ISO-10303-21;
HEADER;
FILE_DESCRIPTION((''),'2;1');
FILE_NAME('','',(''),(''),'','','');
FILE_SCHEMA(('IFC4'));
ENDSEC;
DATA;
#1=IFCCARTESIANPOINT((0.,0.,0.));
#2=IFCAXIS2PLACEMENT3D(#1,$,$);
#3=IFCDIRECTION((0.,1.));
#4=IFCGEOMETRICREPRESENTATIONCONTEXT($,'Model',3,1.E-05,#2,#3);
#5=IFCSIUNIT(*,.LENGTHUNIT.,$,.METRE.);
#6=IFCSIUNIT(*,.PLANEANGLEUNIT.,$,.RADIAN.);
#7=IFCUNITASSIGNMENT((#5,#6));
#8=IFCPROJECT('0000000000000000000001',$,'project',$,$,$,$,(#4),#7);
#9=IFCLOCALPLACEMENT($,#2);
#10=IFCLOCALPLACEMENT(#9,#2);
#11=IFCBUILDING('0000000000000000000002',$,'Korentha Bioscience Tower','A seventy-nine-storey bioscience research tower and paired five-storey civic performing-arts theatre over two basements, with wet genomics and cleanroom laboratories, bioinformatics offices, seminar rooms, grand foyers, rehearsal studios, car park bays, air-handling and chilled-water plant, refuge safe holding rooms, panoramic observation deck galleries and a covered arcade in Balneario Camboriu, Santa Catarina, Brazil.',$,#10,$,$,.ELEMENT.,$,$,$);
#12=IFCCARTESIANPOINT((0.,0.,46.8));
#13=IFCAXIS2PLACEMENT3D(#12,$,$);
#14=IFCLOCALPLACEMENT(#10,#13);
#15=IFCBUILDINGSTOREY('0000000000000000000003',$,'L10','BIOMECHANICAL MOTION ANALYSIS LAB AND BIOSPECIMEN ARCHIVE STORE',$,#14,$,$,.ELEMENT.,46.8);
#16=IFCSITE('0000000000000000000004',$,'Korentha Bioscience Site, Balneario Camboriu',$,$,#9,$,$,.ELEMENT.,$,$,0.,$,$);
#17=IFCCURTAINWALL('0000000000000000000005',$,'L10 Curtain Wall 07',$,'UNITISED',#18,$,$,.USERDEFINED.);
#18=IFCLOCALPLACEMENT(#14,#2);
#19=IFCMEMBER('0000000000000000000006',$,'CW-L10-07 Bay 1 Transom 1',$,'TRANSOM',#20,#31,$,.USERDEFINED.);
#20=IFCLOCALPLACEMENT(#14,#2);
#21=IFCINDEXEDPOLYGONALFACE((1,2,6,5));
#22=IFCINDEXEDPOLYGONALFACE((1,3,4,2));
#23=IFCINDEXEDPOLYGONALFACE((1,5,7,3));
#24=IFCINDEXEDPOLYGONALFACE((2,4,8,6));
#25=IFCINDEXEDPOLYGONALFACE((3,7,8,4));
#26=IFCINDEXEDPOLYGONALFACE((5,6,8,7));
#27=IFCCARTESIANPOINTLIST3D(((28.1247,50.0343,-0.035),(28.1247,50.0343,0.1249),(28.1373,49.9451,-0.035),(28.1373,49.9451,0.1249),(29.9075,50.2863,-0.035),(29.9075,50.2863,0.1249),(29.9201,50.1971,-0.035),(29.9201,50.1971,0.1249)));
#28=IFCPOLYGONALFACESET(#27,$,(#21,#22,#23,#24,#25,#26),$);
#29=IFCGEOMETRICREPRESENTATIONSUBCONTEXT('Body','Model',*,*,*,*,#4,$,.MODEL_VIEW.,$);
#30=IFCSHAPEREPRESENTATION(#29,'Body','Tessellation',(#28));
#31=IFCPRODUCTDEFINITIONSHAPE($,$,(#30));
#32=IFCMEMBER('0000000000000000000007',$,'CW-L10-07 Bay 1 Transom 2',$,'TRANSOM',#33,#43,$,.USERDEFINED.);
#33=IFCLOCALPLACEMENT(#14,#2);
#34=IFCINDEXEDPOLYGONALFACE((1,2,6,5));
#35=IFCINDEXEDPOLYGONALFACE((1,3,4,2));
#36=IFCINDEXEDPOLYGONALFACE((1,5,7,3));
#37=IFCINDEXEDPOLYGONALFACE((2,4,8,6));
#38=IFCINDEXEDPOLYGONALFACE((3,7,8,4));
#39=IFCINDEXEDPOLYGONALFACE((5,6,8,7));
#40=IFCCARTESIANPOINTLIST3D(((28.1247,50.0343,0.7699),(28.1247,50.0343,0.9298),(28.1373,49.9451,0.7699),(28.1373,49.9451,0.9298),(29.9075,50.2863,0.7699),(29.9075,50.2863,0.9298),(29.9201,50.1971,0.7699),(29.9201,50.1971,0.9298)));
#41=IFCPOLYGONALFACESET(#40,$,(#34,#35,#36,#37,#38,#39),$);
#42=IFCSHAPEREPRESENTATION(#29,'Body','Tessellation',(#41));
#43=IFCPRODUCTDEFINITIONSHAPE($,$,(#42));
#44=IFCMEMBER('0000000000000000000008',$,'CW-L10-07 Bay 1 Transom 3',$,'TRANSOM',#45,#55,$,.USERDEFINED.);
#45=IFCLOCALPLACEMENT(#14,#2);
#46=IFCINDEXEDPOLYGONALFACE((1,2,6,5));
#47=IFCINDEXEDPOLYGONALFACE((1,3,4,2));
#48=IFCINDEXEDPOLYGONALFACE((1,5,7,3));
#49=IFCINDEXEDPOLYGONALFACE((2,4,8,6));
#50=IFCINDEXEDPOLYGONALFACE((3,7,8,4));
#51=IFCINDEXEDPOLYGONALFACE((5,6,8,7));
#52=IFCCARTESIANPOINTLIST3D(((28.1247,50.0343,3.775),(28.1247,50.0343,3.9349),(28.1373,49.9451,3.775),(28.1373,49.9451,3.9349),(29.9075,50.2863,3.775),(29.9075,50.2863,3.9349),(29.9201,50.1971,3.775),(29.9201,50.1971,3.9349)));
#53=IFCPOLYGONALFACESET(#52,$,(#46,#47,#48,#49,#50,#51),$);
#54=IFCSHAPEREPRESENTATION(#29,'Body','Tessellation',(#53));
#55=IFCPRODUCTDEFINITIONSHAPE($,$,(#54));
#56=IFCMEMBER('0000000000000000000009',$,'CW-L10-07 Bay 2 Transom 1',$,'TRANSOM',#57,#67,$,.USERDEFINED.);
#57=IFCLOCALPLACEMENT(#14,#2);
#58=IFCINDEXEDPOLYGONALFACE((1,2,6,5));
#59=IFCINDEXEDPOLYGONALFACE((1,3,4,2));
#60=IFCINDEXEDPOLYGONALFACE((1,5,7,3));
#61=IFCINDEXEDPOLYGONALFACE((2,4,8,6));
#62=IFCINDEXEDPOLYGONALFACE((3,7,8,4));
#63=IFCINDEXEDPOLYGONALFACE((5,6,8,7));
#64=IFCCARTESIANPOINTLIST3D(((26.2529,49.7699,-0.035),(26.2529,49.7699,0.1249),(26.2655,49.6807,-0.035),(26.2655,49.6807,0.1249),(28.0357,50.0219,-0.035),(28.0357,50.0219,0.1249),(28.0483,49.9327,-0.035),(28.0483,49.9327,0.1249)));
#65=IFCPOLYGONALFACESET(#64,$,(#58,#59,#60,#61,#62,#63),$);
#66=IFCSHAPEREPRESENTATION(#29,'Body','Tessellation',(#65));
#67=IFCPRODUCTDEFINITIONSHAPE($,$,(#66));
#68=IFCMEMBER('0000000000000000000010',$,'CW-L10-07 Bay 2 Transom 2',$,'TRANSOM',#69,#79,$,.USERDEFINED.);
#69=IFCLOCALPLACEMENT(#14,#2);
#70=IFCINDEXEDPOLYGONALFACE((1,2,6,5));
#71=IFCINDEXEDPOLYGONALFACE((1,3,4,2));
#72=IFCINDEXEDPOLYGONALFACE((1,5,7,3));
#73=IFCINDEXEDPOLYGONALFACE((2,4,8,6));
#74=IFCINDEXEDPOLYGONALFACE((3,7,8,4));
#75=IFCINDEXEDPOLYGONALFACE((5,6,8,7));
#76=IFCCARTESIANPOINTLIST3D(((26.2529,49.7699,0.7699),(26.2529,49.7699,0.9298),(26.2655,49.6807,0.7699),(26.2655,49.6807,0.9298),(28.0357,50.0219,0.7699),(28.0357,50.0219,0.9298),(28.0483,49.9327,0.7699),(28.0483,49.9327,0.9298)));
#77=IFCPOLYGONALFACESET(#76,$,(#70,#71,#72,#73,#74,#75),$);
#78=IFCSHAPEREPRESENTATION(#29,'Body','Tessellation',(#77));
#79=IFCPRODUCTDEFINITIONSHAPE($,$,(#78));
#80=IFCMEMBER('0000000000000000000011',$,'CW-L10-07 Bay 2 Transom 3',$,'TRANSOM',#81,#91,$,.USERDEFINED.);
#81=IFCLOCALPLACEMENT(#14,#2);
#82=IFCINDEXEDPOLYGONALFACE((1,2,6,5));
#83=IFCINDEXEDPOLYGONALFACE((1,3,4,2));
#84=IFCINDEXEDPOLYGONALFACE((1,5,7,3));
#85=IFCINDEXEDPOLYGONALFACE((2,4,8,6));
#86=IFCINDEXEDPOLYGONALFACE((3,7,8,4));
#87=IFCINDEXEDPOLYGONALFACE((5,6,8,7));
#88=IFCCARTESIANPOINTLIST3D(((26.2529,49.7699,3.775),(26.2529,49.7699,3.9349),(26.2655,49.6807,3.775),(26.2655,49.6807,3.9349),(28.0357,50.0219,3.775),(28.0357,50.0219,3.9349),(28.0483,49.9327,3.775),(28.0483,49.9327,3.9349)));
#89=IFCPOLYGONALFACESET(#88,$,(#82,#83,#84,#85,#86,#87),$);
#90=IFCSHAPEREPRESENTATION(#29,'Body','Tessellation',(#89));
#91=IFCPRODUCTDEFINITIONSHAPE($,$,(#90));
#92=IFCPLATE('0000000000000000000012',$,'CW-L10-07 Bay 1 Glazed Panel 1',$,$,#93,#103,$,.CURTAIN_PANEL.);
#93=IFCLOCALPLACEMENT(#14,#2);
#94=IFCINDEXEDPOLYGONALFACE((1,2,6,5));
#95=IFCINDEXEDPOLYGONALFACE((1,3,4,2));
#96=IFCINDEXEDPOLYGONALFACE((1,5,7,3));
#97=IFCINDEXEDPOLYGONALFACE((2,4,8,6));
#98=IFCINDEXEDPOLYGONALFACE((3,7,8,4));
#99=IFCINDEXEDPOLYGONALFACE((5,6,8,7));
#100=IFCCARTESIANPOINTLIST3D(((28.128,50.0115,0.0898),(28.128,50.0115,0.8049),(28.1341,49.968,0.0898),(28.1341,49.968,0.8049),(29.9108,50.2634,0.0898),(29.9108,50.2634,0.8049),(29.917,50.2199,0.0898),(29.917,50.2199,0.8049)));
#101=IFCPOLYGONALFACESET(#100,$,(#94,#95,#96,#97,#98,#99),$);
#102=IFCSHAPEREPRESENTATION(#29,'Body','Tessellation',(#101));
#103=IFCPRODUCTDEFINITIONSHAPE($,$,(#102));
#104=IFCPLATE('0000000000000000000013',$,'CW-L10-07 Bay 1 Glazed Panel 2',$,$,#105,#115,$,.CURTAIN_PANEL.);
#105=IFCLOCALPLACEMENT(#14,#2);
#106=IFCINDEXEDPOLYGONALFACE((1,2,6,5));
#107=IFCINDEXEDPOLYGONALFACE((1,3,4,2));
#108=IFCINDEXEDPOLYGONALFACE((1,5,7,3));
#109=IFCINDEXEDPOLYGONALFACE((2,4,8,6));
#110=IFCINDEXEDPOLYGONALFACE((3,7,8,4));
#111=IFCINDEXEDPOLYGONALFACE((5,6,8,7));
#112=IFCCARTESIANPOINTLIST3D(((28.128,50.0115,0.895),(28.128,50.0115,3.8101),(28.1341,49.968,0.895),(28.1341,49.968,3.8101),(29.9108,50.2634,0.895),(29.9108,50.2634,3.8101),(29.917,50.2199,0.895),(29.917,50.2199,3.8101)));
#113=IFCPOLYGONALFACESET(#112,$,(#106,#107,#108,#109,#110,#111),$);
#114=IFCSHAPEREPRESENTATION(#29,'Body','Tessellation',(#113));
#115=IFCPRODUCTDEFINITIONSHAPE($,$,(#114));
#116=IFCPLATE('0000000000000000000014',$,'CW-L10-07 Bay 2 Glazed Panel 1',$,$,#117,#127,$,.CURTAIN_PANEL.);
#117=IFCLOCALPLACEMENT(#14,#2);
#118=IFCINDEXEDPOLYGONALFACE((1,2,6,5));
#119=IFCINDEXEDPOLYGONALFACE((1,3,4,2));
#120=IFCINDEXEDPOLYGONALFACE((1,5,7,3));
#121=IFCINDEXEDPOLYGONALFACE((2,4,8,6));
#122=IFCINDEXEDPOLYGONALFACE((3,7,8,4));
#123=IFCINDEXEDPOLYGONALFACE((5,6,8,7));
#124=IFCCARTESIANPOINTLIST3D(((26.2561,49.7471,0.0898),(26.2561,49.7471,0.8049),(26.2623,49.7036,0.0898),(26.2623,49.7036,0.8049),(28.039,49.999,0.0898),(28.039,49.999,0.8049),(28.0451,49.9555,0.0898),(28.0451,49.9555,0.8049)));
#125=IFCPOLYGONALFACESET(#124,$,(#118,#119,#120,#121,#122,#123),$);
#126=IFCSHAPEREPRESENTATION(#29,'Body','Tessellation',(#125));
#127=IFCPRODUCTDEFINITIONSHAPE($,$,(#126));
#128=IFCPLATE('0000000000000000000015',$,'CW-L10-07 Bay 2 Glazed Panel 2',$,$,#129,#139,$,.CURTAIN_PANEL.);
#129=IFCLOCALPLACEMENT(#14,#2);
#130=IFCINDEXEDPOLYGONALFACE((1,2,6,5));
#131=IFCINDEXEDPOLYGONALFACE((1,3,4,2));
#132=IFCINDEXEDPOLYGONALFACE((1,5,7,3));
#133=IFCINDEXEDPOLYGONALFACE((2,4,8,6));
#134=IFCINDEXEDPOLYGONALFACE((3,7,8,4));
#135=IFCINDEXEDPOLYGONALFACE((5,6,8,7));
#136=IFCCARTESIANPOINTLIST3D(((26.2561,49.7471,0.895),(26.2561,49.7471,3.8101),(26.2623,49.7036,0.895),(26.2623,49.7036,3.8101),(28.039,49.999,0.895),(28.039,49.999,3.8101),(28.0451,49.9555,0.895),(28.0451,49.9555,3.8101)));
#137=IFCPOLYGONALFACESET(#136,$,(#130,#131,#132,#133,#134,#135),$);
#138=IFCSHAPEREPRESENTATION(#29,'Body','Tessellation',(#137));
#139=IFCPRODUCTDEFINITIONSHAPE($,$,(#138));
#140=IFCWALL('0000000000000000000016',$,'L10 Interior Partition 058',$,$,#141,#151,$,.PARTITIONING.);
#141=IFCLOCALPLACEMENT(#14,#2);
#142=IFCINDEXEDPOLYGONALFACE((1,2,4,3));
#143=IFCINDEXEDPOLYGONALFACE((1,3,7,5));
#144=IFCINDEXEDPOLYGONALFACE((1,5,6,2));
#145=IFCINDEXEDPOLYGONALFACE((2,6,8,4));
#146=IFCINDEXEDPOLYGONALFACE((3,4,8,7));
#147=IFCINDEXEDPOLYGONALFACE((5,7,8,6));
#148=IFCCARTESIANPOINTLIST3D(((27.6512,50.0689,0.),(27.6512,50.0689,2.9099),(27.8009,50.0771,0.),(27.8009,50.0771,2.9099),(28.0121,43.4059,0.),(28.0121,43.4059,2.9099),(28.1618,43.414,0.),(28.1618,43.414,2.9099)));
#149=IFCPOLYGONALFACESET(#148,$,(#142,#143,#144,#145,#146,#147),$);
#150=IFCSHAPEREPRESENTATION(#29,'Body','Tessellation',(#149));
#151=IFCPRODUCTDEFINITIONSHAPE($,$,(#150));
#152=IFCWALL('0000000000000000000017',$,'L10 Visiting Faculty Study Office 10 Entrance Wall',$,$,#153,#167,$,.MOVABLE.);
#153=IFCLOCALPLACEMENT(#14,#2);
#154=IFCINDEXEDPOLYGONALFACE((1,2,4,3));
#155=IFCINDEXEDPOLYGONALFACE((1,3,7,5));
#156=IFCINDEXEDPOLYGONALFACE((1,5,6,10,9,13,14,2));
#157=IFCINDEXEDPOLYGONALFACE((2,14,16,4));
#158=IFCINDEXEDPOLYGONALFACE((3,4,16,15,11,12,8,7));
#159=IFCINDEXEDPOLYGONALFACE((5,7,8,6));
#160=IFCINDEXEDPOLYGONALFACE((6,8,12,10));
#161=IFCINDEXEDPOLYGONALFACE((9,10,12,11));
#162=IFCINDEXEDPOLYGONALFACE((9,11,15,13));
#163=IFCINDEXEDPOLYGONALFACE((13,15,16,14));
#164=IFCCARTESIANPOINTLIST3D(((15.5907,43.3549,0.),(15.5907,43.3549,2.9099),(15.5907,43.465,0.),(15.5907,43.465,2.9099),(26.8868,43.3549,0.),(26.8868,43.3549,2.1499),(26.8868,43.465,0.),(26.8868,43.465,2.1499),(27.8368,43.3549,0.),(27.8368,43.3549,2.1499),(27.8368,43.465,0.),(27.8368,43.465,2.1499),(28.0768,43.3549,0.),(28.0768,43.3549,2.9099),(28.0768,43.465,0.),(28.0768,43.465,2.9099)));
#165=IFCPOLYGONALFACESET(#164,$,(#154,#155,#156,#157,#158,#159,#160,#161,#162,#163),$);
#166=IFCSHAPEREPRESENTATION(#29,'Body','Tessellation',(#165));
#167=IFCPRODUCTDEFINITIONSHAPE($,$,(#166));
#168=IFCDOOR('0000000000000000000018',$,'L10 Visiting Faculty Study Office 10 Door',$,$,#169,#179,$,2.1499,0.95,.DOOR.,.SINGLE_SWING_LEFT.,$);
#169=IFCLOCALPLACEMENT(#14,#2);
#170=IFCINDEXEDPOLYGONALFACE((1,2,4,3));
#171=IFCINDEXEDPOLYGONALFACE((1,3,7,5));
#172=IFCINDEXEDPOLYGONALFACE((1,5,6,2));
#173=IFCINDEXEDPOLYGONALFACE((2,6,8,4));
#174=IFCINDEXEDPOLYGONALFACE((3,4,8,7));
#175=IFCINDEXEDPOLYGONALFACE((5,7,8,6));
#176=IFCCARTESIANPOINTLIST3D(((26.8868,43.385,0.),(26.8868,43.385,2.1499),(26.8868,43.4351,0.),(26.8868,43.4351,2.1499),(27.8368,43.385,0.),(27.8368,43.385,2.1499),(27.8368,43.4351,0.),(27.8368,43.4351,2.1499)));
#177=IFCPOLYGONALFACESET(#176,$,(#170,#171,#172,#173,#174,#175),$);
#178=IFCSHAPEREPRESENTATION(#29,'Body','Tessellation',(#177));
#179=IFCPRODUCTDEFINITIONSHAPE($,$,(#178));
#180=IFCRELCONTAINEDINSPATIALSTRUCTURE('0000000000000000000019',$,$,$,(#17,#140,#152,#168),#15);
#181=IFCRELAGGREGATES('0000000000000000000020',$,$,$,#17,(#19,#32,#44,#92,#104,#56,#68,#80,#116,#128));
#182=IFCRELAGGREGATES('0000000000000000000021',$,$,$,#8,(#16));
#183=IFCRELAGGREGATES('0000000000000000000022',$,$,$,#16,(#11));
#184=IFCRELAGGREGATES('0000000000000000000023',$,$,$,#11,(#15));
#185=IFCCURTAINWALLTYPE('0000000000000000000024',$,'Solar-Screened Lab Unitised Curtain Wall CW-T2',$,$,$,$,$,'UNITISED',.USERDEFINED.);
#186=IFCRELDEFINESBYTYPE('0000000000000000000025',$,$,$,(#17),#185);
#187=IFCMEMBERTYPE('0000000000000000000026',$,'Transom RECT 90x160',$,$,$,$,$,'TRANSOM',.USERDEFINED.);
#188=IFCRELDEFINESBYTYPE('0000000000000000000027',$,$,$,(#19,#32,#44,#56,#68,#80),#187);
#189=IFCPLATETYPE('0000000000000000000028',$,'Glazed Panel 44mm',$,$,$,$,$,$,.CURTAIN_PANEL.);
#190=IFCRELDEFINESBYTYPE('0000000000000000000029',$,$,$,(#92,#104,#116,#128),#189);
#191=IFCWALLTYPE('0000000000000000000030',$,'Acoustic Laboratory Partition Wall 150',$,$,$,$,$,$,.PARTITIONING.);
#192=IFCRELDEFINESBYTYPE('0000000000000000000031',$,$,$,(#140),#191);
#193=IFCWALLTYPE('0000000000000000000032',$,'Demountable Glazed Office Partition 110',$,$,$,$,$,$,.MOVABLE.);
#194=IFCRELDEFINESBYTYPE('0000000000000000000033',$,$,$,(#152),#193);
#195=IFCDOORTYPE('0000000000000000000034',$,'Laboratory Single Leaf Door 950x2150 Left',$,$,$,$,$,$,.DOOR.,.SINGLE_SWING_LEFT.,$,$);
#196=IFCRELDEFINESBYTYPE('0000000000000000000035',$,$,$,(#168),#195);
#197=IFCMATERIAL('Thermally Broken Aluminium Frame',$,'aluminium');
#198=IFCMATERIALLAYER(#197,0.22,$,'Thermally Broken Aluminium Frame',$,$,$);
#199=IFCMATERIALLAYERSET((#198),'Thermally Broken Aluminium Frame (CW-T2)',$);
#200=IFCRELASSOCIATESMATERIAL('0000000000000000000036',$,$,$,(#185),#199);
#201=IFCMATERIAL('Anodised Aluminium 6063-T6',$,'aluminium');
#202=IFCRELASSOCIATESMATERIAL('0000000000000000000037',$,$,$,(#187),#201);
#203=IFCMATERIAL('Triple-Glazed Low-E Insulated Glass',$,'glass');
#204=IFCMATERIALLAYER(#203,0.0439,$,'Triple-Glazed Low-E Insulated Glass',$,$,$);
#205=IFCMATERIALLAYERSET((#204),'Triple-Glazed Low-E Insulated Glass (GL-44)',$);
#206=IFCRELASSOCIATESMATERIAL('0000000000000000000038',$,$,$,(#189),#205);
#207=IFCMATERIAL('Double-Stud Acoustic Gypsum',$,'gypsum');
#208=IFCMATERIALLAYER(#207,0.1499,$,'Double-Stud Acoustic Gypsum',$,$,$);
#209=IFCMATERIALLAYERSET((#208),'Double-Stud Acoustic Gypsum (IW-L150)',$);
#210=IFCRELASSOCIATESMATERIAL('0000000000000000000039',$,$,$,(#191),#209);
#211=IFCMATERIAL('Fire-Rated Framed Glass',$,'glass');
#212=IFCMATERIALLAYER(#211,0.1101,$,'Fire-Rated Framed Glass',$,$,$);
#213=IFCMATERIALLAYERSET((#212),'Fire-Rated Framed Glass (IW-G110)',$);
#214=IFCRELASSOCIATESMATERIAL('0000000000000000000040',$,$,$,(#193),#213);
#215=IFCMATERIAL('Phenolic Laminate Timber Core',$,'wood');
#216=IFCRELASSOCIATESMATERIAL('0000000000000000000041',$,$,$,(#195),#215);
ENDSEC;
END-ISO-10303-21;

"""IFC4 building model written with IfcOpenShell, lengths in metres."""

from ifc_helpers import new_model, si_unit, direction, frame, frame_2d, origin, origin_2d, place, context, subcontext, project, spatial, rectangle, extrude, material, layer, layer_set, material_profile, profile_set, type_object, element, fill, aggregate, save


model = new_model("IFC4")

# Units and contexts
model_context = context("Model", 3, precision=1e-05, world=origin(), true_north=direction((0.0, 1.0)))
body_context = subcontext(model_context, "Body", "Model", "MODEL_VIEW")
ifc_project = project(units=[si_unit("LENGTHUNIT", "METRE"), si_unit("PLANEANGLEUNIT", "RADIAN")], contexts=[model_context])

# Site, building, storey
site_placement = place(None, origin())
site = spatial("IfcSite", under=ifc_project, at=site_placement, Name="Korentha Bioscience Site, Balneario Camboriu", CompositionType="ELEMENT", RefElevation=0.0)
building_placement = place(site_placement, origin())
building = spatial("IfcBuilding", under=site, at=building_placement, Name="Korentha Bioscience Tower", Description="A seventy-nine-storey bioscience research tower and paired five-storey civic performing-arts theatre over two basements, with wet genomics and cleanroom laboratories, bioinformatics offices, seminar rooms, grand foyers, rehearsal studios, car park bays, air-handling and chilled-water plant, refuge safe holding rooms, panoramic observation deck galleries and a covered arcade in Balneario Camboriu, Santa Catarina, Brazil.", CompositionType="ELEMENT")
storey_placement = place(building_placement, frame((0.0, 0.0, 46.8)))
storey = spatial("IfcBuildingStorey", under=building, at=storey_placement, Name="L10", Description="BIOMECHANICAL MOTION ANALYSIS LAB AND BIOSPECIMEN ARCHIVE STORE", CompositionType="ELEMENT", Elevation=46.8)

# Curtain wall
ifc_material_1 = material(Name="Thermally Broken Aluminium Frame", Category="aluminium")
ifc_layer_1 = layer(ifc_material_1, 0.22, Name="Thermally Broken Aluminium Frame")
ifc_layer_set_1 = layer_set([ifc_layer_1], Name="Thermally Broken Aluminium Frame (CW-T2)")
curtain_wall_type = type_object("IfcCurtainWallType", Name="Solar-Screened Lab Unitised Curtain Wall CW-T2", ElementType="UNITISED", PredefinedType="USERDEFINED", material=ifc_layer_set_1)
curtain_wall_placement = place(storey_placement, origin())
curtain_wall = element("IfcCurtainWall", 1, at=curtain_wall_placement, inside=storey, type_object=curtain_wall_type, Name="L10 Curtain Wall 07", ObjectType="UNITISED", PredefinedType="USERDEFINED")
ifc_material_2 = material(Name="Anodised Aluminium 6063-T6", Category="aluminium")

# Members
ifc_material_profile_1 = material_profile(ifc_material_2, rectangle(XDim=0.0901, YDim=0.1599, at=origin_2d()), Name="Anodised Aluminium 6063-T6")
ifc_profile_set_1 = profile_set([ifc_material_profile_1], Name="Anodised Aluminium 6063-T6 (CW-TRN)")
member_type_1 = type_object("IfcMemberType", Name="Transom RECT 90x160", ElementType="TRANSOM", PredefinedType="USERDEFINED", material=ifc_profile_set_1)
member_1_placement = place(storey_placement, frame((29.9138, 50.2417, 0.0449), z_axis=(-0.99016, -0.13994, 0.0), x_axis=(0.13994, -0.99016, 0.0)))
member_1 = element("IfcMember", 2, at=member_1_placement, type_object=member_type_1, Name="CW-L10-07 Bay 1 Transom 1", ObjectType="TRANSOM", PredefinedType="USERDEFINED", context=body_context, shape_type="SweptSolid", body=[
    extrude(rectangle(XDim=0.0901, YDim=0.1599, at=origin_2d()), origin(), (0.0, 0.0, 1.0), 1.8005),
])
member_2_placement = place(storey_placement, frame((29.9138, 50.2417, 0.8499), z_axis=(-0.99016, -0.13994, 0.0), x_axis=(0.13994, -0.99016, 0.0)))
member_2 = element("IfcMember", 3, at=member_2_placement, type_object=member_type_1, Name="CW-L10-07 Bay 1 Transom 2", ObjectType="TRANSOM", PredefinedType="USERDEFINED", context=body_context, shape_type="SweptSolid", body=[
    extrude(rectangle(XDim=0.0901, YDim=0.1599, at=origin_2d()), origin(), (0.0, 0.0, 1.0), 1.8005),
])
member_3_placement = place(storey_placement, frame((29.9138, 50.2417, 3.855), z_axis=(-0.99016, -0.13994, 0.0), x_axis=(0.13994, -0.99016, 0.0)))
member_3 = element("IfcMember", 4, at=member_3_placement, type_object=member_type_1, Name="CW-L10-07 Bay 1 Transom 3", ObjectType="TRANSOM", PredefinedType="USERDEFINED", context=body_context, shape_type="SweptSolid", body=[
    extrude(rectangle(XDim=0.0901, YDim=0.1599, at=origin_2d()), origin(), (0.0, 0.0, 1.0), 1.8005),
])
member_4_placement = place(storey_placement, frame((28.042, 49.9773, 0.0449), z_axis=(-0.99016, -0.13994, 0.0), x_axis=(0.13994, -0.99016, 0.0)))
member_4 = element("IfcMember", 5, at=member_4_placement, type_object=member_type_1, Name="CW-L10-07 Bay 2 Transom 1", ObjectType="TRANSOM", PredefinedType="USERDEFINED", context=body_context, shape_type="SweptSolid", body=[
    extrude(rectangle(XDim=0.0901, YDim=0.1599, at=origin_2d()), origin(), (0.0, 0.0, 1.0), 1.8005),
])
member_5_placement = place(storey_placement, frame((28.042, 49.9773, 0.8499), z_axis=(-0.99016, -0.13994, 0.0), x_axis=(0.13994, -0.99016, 0.0)))
member_5 = element("IfcMember", 6, at=member_5_placement, type_object=member_type_1, Name="CW-L10-07 Bay 2 Transom 2", ObjectType="TRANSOM", PredefinedType="USERDEFINED", context=body_context, shape_type="SweptSolid", body=[
    extrude(rectangle(XDim=0.0901, YDim=0.1599, at=origin_2d()), origin(), (0.0, 0.0, 1.0), 1.8005),
])
member_6_placement = place(storey_placement, frame((28.042, 49.9773, 3.855), z_axis=(-0.99016, -0.13994, 0.0), x_axis=(0.13994, -0.99016, 0.0)))
member_6 = element("IfcMember", 7, at=member_6_placement, type_object=member_type_1, Name="CW-L10-07 Bay 2 Transom 3", ObjectType="TRANSOM", PredefinedType="USERDEFINED", context=body_context, shape_type="SweptSolid", body=[
    extrude(rectangle(XDim=0.0901, YDim=0.1599, at=origin_2d()), origin(), (0.0, 0.0, 1.0), 1.8005),
])

# Plates
ifc_material_3 = material(Name="Triple-Glazed Low-E Insulated Glass", Category="glass")
ifc_layer_2 = layer(ifc_material_3, 0.0439, Name="Triple-Glazed Low-E Insulated Glass")
ifc_layer_set_2 = layer_set([ifc_layer_2], Name="Triple-Glazed Low-E Insulated Glass (GL-44)")
plate_type = type_object("IfcPlateType", Name="Glazed Panel 44mm", PredefinedType="CURTAIN_PANEL", material=ifc_layer_set_2)
plate_1_placement = place(storey_placement, frame((29.0225, 50.1157, 0.0898), z_axis=(0.0, 0.0, 1.0), x_axis=(-0.990167, -0.139888, 0.0)))
plate_1 = element("IfcPlate", 8, at=plate_1_placement, type_object=plate_type, Name="CW-L10-07 Bay 1 Glazed Panel 1", PredefinedType="CURTAIN_PANEL", context=body_context, shape_type="SweptSolid", body=[
    extrude(rectangle(XDim=1.8005, YDim=0.0439, at=origin_2d()), origin(), (0.0, 0.0, 1.0), 0.7151),
])
plate_2_placement = place(storey_placement, frame((29.0225, 50.1157, 0.895), z_axis=(0.0, 0.0, 1.0), x_axis=(-0.990167, -0.139888, 0.0)))
plate_2 = element("IfcPlate", 9, at=plate_2_placement, type_object=plate_type, Name="CW-L10-07 Bay 1 Glazed Panel 2", PredefinedType="CURTAIN_PANEL", context=body_context, shape_type="SweptSolid", body=[
    extrude(rectangle(XDim=1.8005, YDim=0.0439, at=origin_2d()), origin(), (0.0, 0.0, 1.0), 2.915),
])
plate_3_placement = place(storey_placement, frame((27.1506, 49.8513, 0.0898), z_axis=(0.0, 0.0, 1.0), x_axis=(-0.990167, -0.139888, 0.0)))
plate_3 = element("IfcPlate", 10, at=plate_3_placement, type_object=plate_type, Name="CW-L10-07 Bay 2 Glazed Panel 1", PredefinedType="CURTAIN_PANEL", context=body_context, shape_type="SweptSolid", body=[
    extrude(rectangle(XDim=1.8005, YDim=0.0439, at=origin_2d()), origin(), (0.0, 0.0, 1.0), 0.7151),
])
plate_4_placement = place(storey_placement, frame((27.1506, 49.8513, 0.895), z_axis=(0.0, 0.0, 1.0), x_axis=(-0.990167, -0.139888, 0.0)))
plate_4 = element("IfcPlate", 11, at=plate_4_placement, type_object=plate_type, Name="CW-L10-07 Bay 2 Glazed Panel 2", PredefinedType="CURTAIN_PANEL", context=body_context, shape_type="SweptSolid", body=[
    extrude(rectangle(XDim=1.8005, YDim=0.0439, at=origin_2d()), origin(), (0.0, 0.0, 1.0), 2.915),
])
aggregate(curtain_wall, [member_1, member_2, member_3, plate_1, plate_2, member_4, member_5, member_6, plate_3, plate_4])

# Wall
ifc_material_4 = material(Name="Double-Stud Acoustic Gypsum", Category="gypsum")
ifc_layer_3 = layer(ifc_material_4, 0.1499, Name="Double-Stud Acoustic Gypsum")
ifc_layer_set_3 = layer_set([ifc_layer_3], Name="Double-Stud Acoustic Gypsum (IW-L150)")
wall_type_1 = type_object("IfcWallType", Name="Acoustic Laboratory Partition Wall 150", PredefinedType="PARTITIONING", material=ifc_layer_set_3)
wall_1_placement = place(storey_placement, frame((28.0869, 43.4099, 0.0), z_axis=(0.0, 0.0, 1.0), x_axis=(-0.054076, 0.998537, 0.0)))
element("IfcWall", 12, at=wall_1_placement, inside=storey, type_object=wall_type_1, Name="L10 Interior Partition 058", PredefinedType="PARTITIONING", context=body_context, shape_type="SweptSolid", body=[
    extrude(rectangle(XDim=6.6729, YDim=0.1499, at=frame_2d((3.3364, 0.0))), origin(), (0.0, 0.0, 1.0), 2.9099),
])

# Wall, opening, door
ifc_material_5 = material(Name="Fire-Rated Framed Glass", Category="glass")
ifc_layer_4 = layer(ifc_material_5, 0.1101, Name="Fire-Rated Framed Glass")
ifc_layer_set_4 = layer_set([ifc_layer_4], Name="Fire-Rated Framed Glass (IW-G110)")
wall_type_2 = type_object("IfcWallType", Name="Demountable Glazed Office Partition 110", PredefinedType="MOVABLE", material=ifc_layer_set_4)
wall_2_placement = place(storey_placement, frame((28.0769, 43.4099, 0.0), z_axis=(0.0, 0.0, 1.0), x_axis=(-1.0, 0.0, 0.0)))
wall_2 = element("IfcWall", 13, at=wall_2_placement, inside=storey, type_object=wall_type_2, Name="L10 Visiting Faculty Study Office 10 Entrance Wall", PredefinedType="MOVABLE", context=body_context, shape_type="SweptSolid", body=[
    extrude(rectangle(XDim=12.4861, YDim=0.1101, at=frame_2d((6.2432, 0.0))), origin(), (0.0, 0.0, 1.0), 2.9099),
])
opening_placement = place(wall_2_placement, frame((0.24, 0.0, 0.0)))
opening = element("IfcOpeningElement", 14, at=opening_placement, cuts=wall_2, PredefinedType="OPENING", context=body_context, shape_type="SweptSolid", body=[
    extrude(rectangle(XDim=0.95, YDim=2.1499, at=frame_2d((0.4751, 1.075))), frame((0.0, 0.0698, 0.0), z_axis=(0.0, -1.0, 0.0), x_axis=(1.0, 0.0, 0.0)), (0.0, 0.0, 1.0), 0.1399),
])
ifc_material_6 = material(Name="Phenolic Laminate Timber Core", Category="wood")
door_type = type_object("IfcDoorType", Name="Laboratory Single Leaf Door 950x2150 Left", OperationType="SINGLE_SWING_LEFT", PredefinedType="DOOR", material=ifc_material_6)
door_placement = place(opening_placement, origin())
door = element("IfcDoor", 15, at=door_placement, inside=storey, type_object=door_type, Name="L10 Visiting Faculty Study Office 10 Door", OperationType="SINGLE_SWING_LEFT", OverallHeight=2.1499, OverallWidth=0.95, PredefinedType="DOOR", context=body_context, shape_type="SweptSolid", body=[
    extrude(rectangle(XDim=0.95, YDim=2.1499, at=frame_2d((0.4751, 1.075))), frame((0.0, 0.0249, 0.0), z_axis=(0.0, -1.0, 0.0), x_axis=(1.0, 0.0, 0.0)), (0.0, 0.0, 1.0), 0.05),
])
fill(opening, door)

save(model, "model.ifc")
